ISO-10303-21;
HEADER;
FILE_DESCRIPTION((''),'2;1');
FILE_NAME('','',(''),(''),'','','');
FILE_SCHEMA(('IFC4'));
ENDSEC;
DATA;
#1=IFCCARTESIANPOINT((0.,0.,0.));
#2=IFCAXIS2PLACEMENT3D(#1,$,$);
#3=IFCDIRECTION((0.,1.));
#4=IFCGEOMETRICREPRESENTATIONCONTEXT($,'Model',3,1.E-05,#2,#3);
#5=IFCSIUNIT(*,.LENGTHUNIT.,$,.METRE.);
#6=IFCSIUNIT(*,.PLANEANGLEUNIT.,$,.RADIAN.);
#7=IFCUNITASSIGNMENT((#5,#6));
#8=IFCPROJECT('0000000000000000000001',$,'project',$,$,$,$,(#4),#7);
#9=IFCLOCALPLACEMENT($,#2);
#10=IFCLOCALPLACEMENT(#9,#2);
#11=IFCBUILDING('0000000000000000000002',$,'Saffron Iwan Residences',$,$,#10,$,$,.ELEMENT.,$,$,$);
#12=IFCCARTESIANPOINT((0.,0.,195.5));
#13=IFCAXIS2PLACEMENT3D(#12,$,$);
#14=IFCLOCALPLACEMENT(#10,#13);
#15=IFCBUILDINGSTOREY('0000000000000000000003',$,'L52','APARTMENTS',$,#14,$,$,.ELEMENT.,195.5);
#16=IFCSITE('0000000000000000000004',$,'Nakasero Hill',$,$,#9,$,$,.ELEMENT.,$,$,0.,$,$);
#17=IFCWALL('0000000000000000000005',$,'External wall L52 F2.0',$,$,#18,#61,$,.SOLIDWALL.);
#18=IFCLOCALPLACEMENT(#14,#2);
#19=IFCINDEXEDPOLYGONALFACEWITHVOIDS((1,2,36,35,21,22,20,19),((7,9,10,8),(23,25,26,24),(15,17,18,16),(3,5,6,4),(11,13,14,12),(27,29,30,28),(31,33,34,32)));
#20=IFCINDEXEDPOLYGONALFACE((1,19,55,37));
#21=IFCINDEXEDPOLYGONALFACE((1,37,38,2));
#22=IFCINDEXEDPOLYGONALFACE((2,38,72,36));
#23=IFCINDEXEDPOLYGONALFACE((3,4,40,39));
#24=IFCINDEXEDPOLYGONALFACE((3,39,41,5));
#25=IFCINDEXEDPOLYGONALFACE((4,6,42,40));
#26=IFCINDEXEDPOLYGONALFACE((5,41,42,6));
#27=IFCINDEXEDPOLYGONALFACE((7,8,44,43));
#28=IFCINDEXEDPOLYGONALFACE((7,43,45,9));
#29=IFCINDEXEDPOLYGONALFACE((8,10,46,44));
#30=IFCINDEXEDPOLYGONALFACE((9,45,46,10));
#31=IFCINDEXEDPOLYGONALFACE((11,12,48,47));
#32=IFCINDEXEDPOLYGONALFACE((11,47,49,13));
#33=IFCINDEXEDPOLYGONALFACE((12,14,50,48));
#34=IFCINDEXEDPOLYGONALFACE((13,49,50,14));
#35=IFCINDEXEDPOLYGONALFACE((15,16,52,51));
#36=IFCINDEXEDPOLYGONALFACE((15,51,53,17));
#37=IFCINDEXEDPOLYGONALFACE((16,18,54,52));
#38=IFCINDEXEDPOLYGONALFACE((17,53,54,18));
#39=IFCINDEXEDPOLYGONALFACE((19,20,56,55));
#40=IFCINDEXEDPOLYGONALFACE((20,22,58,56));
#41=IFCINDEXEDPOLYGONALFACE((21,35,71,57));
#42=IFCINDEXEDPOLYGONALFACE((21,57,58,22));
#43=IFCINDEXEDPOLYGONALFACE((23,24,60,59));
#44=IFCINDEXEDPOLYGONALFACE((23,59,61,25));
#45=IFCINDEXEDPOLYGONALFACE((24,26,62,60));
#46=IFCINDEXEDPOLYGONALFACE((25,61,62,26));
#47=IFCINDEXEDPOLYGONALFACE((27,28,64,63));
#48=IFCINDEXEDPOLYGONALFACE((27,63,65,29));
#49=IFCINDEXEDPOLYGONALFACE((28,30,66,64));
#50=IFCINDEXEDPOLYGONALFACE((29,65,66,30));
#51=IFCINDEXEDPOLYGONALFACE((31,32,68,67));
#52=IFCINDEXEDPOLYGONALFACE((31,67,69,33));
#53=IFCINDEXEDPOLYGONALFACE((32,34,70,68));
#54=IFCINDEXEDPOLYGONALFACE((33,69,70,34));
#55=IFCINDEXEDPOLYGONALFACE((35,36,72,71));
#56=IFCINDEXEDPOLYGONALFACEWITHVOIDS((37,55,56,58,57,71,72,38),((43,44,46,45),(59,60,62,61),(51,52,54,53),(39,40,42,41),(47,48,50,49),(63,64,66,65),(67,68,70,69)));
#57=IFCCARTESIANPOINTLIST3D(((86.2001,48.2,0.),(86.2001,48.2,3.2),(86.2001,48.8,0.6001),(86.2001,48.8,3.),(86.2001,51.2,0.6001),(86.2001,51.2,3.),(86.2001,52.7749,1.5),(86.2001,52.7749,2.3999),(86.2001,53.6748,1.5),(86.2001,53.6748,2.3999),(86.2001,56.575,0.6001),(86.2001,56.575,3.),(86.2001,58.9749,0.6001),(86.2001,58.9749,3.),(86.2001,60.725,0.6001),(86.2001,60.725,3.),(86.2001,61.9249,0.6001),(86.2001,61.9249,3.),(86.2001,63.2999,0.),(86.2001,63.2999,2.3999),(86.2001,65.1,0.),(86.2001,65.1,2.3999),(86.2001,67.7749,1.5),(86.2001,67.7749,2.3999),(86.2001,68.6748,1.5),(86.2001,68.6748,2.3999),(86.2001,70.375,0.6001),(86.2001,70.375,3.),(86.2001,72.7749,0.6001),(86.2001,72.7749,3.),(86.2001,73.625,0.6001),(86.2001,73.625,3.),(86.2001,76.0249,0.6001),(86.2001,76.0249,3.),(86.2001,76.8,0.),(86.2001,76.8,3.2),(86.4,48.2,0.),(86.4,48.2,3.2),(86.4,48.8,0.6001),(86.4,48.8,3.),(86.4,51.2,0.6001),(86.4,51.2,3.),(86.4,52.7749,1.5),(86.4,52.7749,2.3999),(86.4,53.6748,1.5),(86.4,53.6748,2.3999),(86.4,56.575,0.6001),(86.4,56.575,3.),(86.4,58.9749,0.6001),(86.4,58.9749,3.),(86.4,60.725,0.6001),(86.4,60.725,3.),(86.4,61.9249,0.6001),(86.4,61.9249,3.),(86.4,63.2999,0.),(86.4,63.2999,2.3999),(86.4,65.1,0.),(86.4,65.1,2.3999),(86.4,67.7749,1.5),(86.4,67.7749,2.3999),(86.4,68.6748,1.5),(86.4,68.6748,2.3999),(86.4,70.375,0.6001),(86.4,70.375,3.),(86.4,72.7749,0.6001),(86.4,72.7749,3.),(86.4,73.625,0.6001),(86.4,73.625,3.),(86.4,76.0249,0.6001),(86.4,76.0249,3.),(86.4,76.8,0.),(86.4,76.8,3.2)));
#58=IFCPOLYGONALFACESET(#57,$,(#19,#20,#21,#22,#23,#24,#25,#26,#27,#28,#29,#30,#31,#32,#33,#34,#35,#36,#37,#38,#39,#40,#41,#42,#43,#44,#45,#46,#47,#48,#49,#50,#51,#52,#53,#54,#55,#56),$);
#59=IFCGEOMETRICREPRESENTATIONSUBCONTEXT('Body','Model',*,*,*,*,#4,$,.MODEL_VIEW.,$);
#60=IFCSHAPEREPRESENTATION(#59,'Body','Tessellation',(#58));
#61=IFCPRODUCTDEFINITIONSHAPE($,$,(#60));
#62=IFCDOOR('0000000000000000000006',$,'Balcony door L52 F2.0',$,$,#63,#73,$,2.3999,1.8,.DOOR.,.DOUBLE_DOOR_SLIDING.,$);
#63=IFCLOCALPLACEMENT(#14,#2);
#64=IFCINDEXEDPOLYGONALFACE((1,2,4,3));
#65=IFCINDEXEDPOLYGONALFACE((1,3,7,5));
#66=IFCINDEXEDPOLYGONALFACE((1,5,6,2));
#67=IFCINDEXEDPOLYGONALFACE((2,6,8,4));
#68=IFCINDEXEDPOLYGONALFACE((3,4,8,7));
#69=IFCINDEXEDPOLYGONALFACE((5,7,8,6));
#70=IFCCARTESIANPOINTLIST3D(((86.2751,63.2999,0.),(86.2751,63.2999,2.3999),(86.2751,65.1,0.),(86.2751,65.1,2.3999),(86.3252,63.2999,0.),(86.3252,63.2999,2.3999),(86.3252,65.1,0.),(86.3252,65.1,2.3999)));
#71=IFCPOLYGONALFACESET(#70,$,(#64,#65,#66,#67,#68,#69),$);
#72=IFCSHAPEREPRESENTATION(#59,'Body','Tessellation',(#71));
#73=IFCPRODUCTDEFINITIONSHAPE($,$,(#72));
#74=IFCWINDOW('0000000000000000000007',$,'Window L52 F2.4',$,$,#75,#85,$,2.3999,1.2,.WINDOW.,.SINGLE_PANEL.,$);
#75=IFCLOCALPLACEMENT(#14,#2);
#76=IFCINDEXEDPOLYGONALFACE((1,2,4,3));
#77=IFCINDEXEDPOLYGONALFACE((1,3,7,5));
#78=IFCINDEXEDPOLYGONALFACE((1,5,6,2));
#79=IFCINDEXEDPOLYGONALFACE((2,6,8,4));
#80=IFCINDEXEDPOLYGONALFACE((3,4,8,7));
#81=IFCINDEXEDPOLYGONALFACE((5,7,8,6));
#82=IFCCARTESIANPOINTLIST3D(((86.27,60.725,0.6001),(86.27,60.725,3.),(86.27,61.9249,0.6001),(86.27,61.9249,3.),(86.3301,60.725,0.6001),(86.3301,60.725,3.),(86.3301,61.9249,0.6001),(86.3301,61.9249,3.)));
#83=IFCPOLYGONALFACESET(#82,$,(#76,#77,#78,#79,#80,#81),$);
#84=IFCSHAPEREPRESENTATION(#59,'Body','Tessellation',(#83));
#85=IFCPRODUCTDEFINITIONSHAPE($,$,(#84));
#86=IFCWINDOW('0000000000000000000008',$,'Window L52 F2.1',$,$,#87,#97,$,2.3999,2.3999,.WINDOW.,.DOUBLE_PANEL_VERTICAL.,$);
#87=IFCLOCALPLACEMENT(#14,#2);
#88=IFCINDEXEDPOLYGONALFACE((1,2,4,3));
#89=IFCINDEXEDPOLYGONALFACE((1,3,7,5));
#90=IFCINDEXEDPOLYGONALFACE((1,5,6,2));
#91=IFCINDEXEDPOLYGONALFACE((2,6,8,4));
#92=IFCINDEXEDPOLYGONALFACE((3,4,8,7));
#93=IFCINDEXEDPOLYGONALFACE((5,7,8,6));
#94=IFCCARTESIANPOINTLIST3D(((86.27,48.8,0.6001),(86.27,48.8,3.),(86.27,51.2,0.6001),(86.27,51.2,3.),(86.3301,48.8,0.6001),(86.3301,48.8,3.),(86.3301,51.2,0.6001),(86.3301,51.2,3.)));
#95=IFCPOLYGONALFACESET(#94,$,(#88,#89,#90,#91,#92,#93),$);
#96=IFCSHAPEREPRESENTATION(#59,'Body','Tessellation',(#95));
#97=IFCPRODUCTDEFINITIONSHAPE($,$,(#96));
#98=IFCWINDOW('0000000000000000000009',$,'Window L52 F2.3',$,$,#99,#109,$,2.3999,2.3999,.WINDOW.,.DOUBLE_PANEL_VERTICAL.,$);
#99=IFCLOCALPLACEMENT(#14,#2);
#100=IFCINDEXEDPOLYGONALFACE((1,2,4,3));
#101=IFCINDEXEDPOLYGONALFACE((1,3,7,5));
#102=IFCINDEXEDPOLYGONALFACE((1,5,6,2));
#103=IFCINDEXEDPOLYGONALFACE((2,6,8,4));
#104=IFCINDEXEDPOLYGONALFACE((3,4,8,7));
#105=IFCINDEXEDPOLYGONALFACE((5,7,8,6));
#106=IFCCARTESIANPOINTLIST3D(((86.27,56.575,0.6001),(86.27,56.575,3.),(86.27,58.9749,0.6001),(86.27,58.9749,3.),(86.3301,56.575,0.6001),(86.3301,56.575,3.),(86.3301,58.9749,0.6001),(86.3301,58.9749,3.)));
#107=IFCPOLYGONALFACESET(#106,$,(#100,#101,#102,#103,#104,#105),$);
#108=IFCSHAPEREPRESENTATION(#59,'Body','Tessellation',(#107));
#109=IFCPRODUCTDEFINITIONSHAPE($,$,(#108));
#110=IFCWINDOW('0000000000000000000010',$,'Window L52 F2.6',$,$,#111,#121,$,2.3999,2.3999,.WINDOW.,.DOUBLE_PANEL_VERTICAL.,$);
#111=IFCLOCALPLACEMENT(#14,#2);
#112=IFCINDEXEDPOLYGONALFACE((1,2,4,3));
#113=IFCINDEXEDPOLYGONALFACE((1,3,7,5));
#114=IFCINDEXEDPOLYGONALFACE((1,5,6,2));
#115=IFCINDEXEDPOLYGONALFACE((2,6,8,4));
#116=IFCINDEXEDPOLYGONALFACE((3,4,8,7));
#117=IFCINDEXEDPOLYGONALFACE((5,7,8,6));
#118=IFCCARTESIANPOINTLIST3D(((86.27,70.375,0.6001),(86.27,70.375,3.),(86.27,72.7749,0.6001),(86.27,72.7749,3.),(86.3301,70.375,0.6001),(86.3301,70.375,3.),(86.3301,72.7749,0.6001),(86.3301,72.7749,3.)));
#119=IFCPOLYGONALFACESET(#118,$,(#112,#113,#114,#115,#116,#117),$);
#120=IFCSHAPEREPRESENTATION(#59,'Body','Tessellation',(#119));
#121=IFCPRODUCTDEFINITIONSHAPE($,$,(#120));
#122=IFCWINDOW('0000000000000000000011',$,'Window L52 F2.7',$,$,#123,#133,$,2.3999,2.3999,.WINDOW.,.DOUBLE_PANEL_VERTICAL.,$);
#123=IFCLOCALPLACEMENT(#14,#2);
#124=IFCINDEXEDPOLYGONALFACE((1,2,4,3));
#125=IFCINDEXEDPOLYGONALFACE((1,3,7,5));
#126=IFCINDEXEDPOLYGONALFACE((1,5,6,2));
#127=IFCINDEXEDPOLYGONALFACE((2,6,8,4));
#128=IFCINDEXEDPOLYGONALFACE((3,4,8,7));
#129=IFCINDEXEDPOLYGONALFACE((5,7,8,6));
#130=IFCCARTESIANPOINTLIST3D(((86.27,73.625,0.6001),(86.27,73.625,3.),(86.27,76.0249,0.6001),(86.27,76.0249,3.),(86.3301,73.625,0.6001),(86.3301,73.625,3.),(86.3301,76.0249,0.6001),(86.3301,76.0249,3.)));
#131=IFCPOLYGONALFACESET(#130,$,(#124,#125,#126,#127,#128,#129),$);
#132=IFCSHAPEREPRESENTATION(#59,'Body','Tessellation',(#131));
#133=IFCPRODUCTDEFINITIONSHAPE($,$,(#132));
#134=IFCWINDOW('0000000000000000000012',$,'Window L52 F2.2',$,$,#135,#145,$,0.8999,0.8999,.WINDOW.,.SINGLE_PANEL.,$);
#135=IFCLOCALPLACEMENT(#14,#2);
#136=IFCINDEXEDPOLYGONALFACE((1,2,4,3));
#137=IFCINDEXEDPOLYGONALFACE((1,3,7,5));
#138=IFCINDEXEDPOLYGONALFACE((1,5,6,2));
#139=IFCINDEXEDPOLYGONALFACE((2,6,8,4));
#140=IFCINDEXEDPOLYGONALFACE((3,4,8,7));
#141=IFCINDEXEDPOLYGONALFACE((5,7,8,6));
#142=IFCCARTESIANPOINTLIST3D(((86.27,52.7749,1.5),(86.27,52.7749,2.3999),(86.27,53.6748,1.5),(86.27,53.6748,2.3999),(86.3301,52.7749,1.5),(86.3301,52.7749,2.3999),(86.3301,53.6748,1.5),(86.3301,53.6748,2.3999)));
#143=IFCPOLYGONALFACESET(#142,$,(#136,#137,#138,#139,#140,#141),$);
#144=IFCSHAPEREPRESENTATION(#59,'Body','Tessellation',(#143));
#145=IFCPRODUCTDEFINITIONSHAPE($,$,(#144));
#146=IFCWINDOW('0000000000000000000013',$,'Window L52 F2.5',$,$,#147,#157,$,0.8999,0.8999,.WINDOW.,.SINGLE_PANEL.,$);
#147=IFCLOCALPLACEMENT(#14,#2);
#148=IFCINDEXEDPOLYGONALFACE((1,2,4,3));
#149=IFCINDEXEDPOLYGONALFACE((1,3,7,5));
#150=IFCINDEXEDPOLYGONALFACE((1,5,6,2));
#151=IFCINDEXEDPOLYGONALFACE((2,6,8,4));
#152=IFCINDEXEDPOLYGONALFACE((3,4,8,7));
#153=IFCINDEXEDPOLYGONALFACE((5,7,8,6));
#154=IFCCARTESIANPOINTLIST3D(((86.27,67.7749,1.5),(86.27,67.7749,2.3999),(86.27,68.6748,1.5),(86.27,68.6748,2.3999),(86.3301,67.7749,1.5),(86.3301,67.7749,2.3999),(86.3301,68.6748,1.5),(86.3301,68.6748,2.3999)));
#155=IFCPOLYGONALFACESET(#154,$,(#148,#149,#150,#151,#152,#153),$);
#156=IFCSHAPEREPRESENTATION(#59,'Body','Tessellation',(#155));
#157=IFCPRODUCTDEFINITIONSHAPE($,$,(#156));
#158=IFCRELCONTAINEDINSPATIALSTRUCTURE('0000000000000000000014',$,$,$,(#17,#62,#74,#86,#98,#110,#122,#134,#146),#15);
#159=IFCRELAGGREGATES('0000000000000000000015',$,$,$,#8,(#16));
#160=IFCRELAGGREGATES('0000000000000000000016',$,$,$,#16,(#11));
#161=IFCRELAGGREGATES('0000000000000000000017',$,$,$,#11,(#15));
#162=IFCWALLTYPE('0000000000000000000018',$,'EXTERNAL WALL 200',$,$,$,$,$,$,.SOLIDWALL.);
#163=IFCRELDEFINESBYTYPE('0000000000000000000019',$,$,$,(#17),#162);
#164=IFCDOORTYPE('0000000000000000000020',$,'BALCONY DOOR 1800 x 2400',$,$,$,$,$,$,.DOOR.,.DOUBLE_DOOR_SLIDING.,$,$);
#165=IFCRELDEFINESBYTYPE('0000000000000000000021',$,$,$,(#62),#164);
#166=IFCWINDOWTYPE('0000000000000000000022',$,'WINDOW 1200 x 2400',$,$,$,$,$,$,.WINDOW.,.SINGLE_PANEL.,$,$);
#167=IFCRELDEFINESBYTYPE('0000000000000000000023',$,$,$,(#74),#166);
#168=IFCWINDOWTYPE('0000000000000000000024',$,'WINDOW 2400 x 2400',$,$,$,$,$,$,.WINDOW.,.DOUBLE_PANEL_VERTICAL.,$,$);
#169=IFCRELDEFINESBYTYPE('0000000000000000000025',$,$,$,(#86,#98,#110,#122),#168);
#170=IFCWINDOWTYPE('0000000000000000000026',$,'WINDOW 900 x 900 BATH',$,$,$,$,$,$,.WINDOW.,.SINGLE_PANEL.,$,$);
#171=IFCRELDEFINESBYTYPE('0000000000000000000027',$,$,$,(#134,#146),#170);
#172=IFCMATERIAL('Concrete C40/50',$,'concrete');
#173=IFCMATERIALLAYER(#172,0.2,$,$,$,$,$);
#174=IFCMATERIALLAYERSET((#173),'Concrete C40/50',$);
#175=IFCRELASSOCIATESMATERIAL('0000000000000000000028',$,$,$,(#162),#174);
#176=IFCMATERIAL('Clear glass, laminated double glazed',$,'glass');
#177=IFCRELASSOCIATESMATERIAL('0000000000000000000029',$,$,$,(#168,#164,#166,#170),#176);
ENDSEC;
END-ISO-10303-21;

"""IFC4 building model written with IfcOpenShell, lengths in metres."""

from ifc_helpers import new_model, si_unit, direction, frame, frame_2d, origin, place, context, subcontext, project, spatial, rectangle, extrude, material, layer, layer_set, type_object, element, fill, save


model = new_model("IFC4")

# Units and contexts
model_context = context("Model", 3, precision=1e-05, world=origin(), true_north=direction((0.0, 1.0)))
body_context = subcontext(model_context, "Body", "Model", "MODEL_VIEW")
ifc_project = project(units=[si_unit("LENGTHUNIT", "METRE"), si_unit("PLANEANGLEUNIT", "RADIAN")], contexts=[model_context])

# Site, building, storey
site_placement = place(None, origin())
site = spatial("IfcSite", under=ifc_project, at=site_placement, Name="Nakasero Hill", CompositionType="ELEMENT", RefElevation=0.0)
building_placement = place(site_placement, origin())
building = spatial("IfcBuilding", under=site, at=building_placement, Name="Saffron Iwan Residences", CompositionType="ELEMENT")
storey_placement = place(building_placement, frame((0.0, 0.0, 195.5)))
storey = spatial("IfcBuildingStorey", under=building, at=storey_placement, Name="L52", Description="APARTMENTS", CompositionType="ELEMENT", Elevation=195.5)

# Shared definitions
ifc_material_1 = material(Name="Concrete C40/50", Category="concrete")
ifc_layer_1 = layer(ifc_material_1, 0.2)
ifc_layer_set_1 = layer_set([ifc_layer_1], Name="Concrete C40/50")
wall_type_1 = type_object("IfcWallType", Name="EXTERNAL WALL 200", PredefinedType="SOLIDWALL", material=ifc_layer_set_1)
ifc_material_2 = material(Name="Clear glass, laminated double glazed", Category="glass")
window_type_1 = type_object("IfcWindowType", Name="WINDOW 2400 x 2400", PartitioningType="DOUBLE_PANEL_VERTICAL", PredefinedType="WINDOW", material=ifc_material_2)

# Wall, openings, door, windows
wall_1_placement = place(storey_placement, frame((86.3, 48.2, 0.0), z_axis=(0.0, 0.0, 1.0), x_axis=(0.0, 1.0, 0.0)))
wall_1 = element("IfcWall", 1, at=wall_1_placement, inside=storey, type_object=wall_type_1, Name="External wall L52 F2.0", PredefinedType="SOLIDWALL", context=body_context, shape_type="SweptSolid", body=[
    extrude(rectangle(XDim=28.6001, YDim=0.2, at=frame_2d((14.3, 0.0))), origin(), (0.0, 0.0, 1.0), 3.2),
])
opening_1_placement = place(wall_1_placement, frame((15.1001, 0.0, 0.0)))
opening_1 = element("IfcOpeningElement", 2, at=opening_1_placement, cuts=wall_1, PredefinedType="OPENING", context=body_context, shape_type="SweptSolid", body=[
    extrude(rectangle(XDim=1.8, YDim=2.3999, at=frame_2d((0.8999, 1.2))), frame((0.0, 0.1099, 0.0), z_axis=(0.0, -1.0, 0.0), x_axis=(1.0, 0.0, 0.0)), (0.0, 0.0, 1.0), 0.22),
])
opening_2_placement = place(wall_1_placement, frame((0.6001, 0.0, 0.6001)))
opening_2 = element("IfcOpeningElement", 3, at=opening_2_placement, cuts=wall_1, PredefinedType="OPENING", context=body_context, shape_type="SweptSolid", body=[
    extrude(rectangle(XDim=2.3999, YDim=2.3999, at=frame_2d((1.2, 1.2))), frame((0.0, 0.1099, 0.0), z_axis=(0.0, -1.0, 0.0), x_axis=(1.0, 0.0, 0.0)), (0.0, 0.0, 1.0), 0.22),
])
opening_3_placement = place(wall_1_placement, frame((4.575, 0.0, 1.5)))
opening_3 = element("IfcOpeningElement", 4, at=opening_3_placement, cuts=wall_1, PredefinedType="OPENING", context=body_context, shape_type="SweptSolid", body=[
    extrude(rectangle(XDim=0.8999, YDim=0.8999, at=frame_2d((0.45, 0.45))), frame((0.0, 0.1099, 0.0), z_axis=(0.0, -1.0, 0.0), x_axis=(1.0, 0.0, 0.0)), (0.0, 0.0, 1.0), 0.22),
])
opening_4_placement = place(wall_1_placement, frame((8.375, 0.0, 0.6001)))
opening_4 = element("IfcOpeningElement", 5, at=opening_4_placement, cuts=wall_1, PredefinedType="OPENING", context=body_context, shape_type="SweptSolid", body=[
    extrude(rectangle(XDim=2.3999, YDim=2.3999, at=frame_2d((1.2, 1.2))), frame((0.0, 0.1099, 0.0), z_axis=(0.0, -1.0, 0.0), x_axis=(1.0, 0.0, 0.0)), (0.0, 0.0, 1.0), 0.22),
])
opening_5_placement = place(wall_1_placement, frame((12.5249, 0.0, 0.6001)))
opening_5 = element("IfcOpeningElement", 6, at=opening_5_placement, cuts=wall_1, PredefinedType="OPENING", context=body_context, shape_type="SweptSolid", body=[
    extrude(rectangle(XDim=1.2, YDim=2.3999, at=frame_2d((0.6001, 1.2))), frame((0.0, 0.1099, 0.0), z_axis=(0.0, -1.0, 0.0), x_axis=(1.0, 0.0, 0.0)), (0.0, 0.0, 1.0), 0.22),
])
opening_6_placement = place(wall_1_placement, frame((19.575, 0.0, 1.5)))
opening_6 = element("IfcOpeningElement", 7, at=opening_6_placement, cuts=wall_1, PredefinedType="OPENING", context=body_context, shape_type="SweptSolid", body=[
    extrude(rectangle(XDim=0.8999, YDim=0.8999, at=frame_2d((0.45, 0.45))), frame((0.0, 0.1099, 0.0), z_axis=(0.0, -1.0, 0.0), x_axis=(1.0, 0.0, 0.0)), (0.0, 0.0, 1.0), 0.22),
])
opening_7_placement = place(wall_1_placement, frame((22.175, 0.0, 0.6001)))
opening_7 = element("IfcOpeningElement", 8, at=opening_7_placement, cuts=wall_1, PredefinedType="OPENING", context=body_context, shape_type="SweptSolid", body=[
    extrude(rectangle(XDim=2.3999, YDim=2.3999, at=frame_2d((1.2, 1.2))), frame((0.0, 0.1099, 0.0), z_axis=(0.0, -1.0, 0.0), x_axis=(1.0, 0.0, 0.0)), (0.0, 0.0, 1.0), 0.22),
])
opening_8_placement = place(wall_1_placement, frame((25.425, 0.0, 0.6001)))
opening_8 = element("IfcOpeningElement", 9, at=opening_8_placement, cuts=wall_1, PredefinedType="OPENING", context=body_context, shape_type="SweptSolid", body=[
    extrude(rectangle(XDim=2.3999, YDim=2.3999, at=frame_2d((1.2, 1.2))), frame((0.0, 0.1099, 0.0), z_axis=(0.0, -1.0, 0.0), x_axis=(1.0, 0.0, 0.0)), (0.0, 0.0, 1.0), 0.22),
])
door_type_1 = type_object("IfcDoorType", Name="BALCONY DOOR 1800 x 2400", OperationType="DOUBLE_DOOR_SLIDING", PredefinedType="DOOR", material=ifc_material_2)
door_1_placement = place(opening_1_placement, origin())
door_1 = element("IfcDoor", 10, at=door_1_placement, inside=storey, type_object=door_type_1, Name="Balcony door L52 F2.0", OperationType="DOUBLE_DOOR_SLIDING", OverallHeight=2.3999, OverallWidth=1.8, PredefinedType="DOOR", context=body_context, shape_type="SweptSolid", body=[
    extrude(rectangle(XDim=1.8, YDim=2.3999, at=frame_2d((0.8999, 1.2))), frame((0.0, 0.0249, 0.0), z_axis=(0.0, -1.0, 0.0), x_axis=(1.0, 0.0, 0.0)), (0.0, 0.0, 1.0), 0.05),
])
fill(opening_1, door_1)
window_type_2 = type_object("IfcWindowType", Name="WINDOW 1200 x 2400", PartitioningType="SINGLE_PANEL", PredefinedType="WINDOW", material=ifc_material_2)
window_1_placement = place(opening_5_placement, origin())
window_1 = element("IfcWindow", 11, at=window_1_placement, inside=storey, type_object=window_type_2, Name="Window L52 F2.4", OverallHeight=2.3999, OverallWidth=1.2, PartitioningType="SINGLE_PANEL", PredefinedType="WINDOW", context=body_context, shape_type="SweptSolid", body=[
    extrude(rectangle(XDim=1.2, YDim=2.3999, at=frame_2d((0.6001, 1.2))), frame((0.0, 0.03, 0.0), z_axis=(0.0, -1.0, 0.0), x_axis=(1.0, 0.0, 0.0)), (0.0, 0.0, 1.0), 0.0601),
])
fill(opening_5, window_1)
window_2_placement = place(opening_2_placement, origin())
window_2 = element("IfcWindow", 12, at=window_2_placement, inside=storey, type_object=window_type_1, Name="Window L52 F2.1", OverallHeight=2.3999, OverallWidth=2.3999, PartitioningType="DOUBLE_PANEL_VERTICAL", PredefinedType="WINDOW", context=body_context, shape_type="SweptSolid", body=[
    extrude(rectangle(XDim=2.3999, YDim=2.3999, at=frame_2d((1.2, 1.2))), frame((0.0, 0.03, 0.0), z_axis=(0.0, -1.0, 0.0), x_axis=(1.0, 0.0, 0.0)), (0.0, 0.0, 1.0), 0.0601),
])
fill(opening_2, window_2)
window_3_placement = place(opening_4_placement, origin())
window_3 = element("IfcWindow", 13, at=window_3_placement, inside=storey, type_object=window_type_1, Name="Window L52 F2.3", OverallHeight=2.3999, OverallWidth=2.3999, PartitioningType="DOUBLE_PANEL_VERTICAL", PredefinedType="WINDOW", context=body_context, shape_type="SweptSolid", body=[
    extrude(rectangle(XDim=2.3999, YDim=2.3999, at=frame_2d((1.2, 1.2))), frame((0.0, 0.03, 0.0), z_axis=(0.0, -1.0, 0.0), x_axis=(1.0, 0.0, 0.0)), (0.0, 0.0, 1.0), 0.0601),
])
fill(opening_4, window_3)
window_4_placement = place(opening_7_placement, origin())
window_4 = element("IfcWindow", 14, at=window_4_placement, inside=storey, type_object=window_type_1, Name="Window L52 F2.6", OverallHeight=2.3999, OverallWidth=2.3999, PartitioningType="DOUBLE_PANEL_VERTICAL", PredefinedType="WINDOW", context=body_context, shape_type="SweptSolid", body=[
    extrude(rectangle(XDim=2.3999, YDim=2.3999, at=frame_2d((1.2, 1.2))), frame((0.0, 0.03, 0.0), z_axis=(0.0, -1.0, 0.0), x_axis=(1.0, 0.0, 0.0)), (0.0, 0.0, 1.0), 0.0601),
])
fill(opening_7, window_4)
window_5_placement = place(opening_8_placement, origin())
window_5 = element("IfcWindow", 15, at=window_5_placement, inside=storey, type_object=window_type_1, Name="Window L52 F2.7", OverallHeight=2.3999, OverallWidth=2.3999, PartitioningType="DOUBLE_PANEL_VERTICAL", PredefinedType="WINDOW", context=body_context, shape_type="SweptSolid", body=[
    extrude(rectangle(XDim=2.3999, YDim=2.3999, at=frame_2d((1.2, 1.2))), frame((0.0, 0.03, 0.0), z_axis=(0.0, -1.0, 0.0), x_axis=(1.0, 0.0, 0.0)), (0.0, 0.0, 1.0), 0.0601),
])
fill(opening_8, window_5)
window_type_3 = type_object("IfcWindowType", Name="WINDOW 900 x 900 BATH", PartitioningType="SINGLE_PANEL", PredefinedType="WINDOW", material=ifc_material_2)
window_6_placement = place(opening_3_placement, origin())
window_6 = element("IfcWindow", 16, at=window_6_placement, inside=storey, type_object=window_type_3, Name="Window L52 F2.2", OverallHeight=0.8999, OverallWidth=0.8999, PartitioningType="SINGLE_PANEL", PredefinedType="WINDOW", context=body_context, shape_type="SweptSolid", body=[
    extrude(rectangle(XDim=0.8999, YDim=0.8999, at=frame_2d((0.45, 0.45))), frame((0.0, 0.03, 0.0), z_axis=(0.0, -1.0, 0.0), x_axis=(1.0, 0.0, 0.0)), (0.0, 0.0, 1.0), 0.0601),
])
fill(opening_3, window_6)
window_7_placement = place(opening_6_placement, origin())
window_7 = element("IfcWindow", 17, at=window_7_placement, inside=storey, type_object=window_type_3, Name="Window L52 F2.5", OverallHeight=0.8999, OverallWidth=0.8999, PartitioningType="SINGLE_PANEL", PredefinedType="WINDOW", context=body_context, shape_type="SweptSolid", body=[
    extrude(rectangle(XDim=0.8999, YDim=0.8999, at=frame_2d((0.45, 0.45))), frame((0.0, 0.03, 0.0), z_axis=(0.0, -1.0, 0.0), x_axis=(1.0, 0.0, 0.0)), (0.0, 0.0, 1.0), 0.0601),
])
fill(opening_6, window_7)

save(model, "model.ifc")
